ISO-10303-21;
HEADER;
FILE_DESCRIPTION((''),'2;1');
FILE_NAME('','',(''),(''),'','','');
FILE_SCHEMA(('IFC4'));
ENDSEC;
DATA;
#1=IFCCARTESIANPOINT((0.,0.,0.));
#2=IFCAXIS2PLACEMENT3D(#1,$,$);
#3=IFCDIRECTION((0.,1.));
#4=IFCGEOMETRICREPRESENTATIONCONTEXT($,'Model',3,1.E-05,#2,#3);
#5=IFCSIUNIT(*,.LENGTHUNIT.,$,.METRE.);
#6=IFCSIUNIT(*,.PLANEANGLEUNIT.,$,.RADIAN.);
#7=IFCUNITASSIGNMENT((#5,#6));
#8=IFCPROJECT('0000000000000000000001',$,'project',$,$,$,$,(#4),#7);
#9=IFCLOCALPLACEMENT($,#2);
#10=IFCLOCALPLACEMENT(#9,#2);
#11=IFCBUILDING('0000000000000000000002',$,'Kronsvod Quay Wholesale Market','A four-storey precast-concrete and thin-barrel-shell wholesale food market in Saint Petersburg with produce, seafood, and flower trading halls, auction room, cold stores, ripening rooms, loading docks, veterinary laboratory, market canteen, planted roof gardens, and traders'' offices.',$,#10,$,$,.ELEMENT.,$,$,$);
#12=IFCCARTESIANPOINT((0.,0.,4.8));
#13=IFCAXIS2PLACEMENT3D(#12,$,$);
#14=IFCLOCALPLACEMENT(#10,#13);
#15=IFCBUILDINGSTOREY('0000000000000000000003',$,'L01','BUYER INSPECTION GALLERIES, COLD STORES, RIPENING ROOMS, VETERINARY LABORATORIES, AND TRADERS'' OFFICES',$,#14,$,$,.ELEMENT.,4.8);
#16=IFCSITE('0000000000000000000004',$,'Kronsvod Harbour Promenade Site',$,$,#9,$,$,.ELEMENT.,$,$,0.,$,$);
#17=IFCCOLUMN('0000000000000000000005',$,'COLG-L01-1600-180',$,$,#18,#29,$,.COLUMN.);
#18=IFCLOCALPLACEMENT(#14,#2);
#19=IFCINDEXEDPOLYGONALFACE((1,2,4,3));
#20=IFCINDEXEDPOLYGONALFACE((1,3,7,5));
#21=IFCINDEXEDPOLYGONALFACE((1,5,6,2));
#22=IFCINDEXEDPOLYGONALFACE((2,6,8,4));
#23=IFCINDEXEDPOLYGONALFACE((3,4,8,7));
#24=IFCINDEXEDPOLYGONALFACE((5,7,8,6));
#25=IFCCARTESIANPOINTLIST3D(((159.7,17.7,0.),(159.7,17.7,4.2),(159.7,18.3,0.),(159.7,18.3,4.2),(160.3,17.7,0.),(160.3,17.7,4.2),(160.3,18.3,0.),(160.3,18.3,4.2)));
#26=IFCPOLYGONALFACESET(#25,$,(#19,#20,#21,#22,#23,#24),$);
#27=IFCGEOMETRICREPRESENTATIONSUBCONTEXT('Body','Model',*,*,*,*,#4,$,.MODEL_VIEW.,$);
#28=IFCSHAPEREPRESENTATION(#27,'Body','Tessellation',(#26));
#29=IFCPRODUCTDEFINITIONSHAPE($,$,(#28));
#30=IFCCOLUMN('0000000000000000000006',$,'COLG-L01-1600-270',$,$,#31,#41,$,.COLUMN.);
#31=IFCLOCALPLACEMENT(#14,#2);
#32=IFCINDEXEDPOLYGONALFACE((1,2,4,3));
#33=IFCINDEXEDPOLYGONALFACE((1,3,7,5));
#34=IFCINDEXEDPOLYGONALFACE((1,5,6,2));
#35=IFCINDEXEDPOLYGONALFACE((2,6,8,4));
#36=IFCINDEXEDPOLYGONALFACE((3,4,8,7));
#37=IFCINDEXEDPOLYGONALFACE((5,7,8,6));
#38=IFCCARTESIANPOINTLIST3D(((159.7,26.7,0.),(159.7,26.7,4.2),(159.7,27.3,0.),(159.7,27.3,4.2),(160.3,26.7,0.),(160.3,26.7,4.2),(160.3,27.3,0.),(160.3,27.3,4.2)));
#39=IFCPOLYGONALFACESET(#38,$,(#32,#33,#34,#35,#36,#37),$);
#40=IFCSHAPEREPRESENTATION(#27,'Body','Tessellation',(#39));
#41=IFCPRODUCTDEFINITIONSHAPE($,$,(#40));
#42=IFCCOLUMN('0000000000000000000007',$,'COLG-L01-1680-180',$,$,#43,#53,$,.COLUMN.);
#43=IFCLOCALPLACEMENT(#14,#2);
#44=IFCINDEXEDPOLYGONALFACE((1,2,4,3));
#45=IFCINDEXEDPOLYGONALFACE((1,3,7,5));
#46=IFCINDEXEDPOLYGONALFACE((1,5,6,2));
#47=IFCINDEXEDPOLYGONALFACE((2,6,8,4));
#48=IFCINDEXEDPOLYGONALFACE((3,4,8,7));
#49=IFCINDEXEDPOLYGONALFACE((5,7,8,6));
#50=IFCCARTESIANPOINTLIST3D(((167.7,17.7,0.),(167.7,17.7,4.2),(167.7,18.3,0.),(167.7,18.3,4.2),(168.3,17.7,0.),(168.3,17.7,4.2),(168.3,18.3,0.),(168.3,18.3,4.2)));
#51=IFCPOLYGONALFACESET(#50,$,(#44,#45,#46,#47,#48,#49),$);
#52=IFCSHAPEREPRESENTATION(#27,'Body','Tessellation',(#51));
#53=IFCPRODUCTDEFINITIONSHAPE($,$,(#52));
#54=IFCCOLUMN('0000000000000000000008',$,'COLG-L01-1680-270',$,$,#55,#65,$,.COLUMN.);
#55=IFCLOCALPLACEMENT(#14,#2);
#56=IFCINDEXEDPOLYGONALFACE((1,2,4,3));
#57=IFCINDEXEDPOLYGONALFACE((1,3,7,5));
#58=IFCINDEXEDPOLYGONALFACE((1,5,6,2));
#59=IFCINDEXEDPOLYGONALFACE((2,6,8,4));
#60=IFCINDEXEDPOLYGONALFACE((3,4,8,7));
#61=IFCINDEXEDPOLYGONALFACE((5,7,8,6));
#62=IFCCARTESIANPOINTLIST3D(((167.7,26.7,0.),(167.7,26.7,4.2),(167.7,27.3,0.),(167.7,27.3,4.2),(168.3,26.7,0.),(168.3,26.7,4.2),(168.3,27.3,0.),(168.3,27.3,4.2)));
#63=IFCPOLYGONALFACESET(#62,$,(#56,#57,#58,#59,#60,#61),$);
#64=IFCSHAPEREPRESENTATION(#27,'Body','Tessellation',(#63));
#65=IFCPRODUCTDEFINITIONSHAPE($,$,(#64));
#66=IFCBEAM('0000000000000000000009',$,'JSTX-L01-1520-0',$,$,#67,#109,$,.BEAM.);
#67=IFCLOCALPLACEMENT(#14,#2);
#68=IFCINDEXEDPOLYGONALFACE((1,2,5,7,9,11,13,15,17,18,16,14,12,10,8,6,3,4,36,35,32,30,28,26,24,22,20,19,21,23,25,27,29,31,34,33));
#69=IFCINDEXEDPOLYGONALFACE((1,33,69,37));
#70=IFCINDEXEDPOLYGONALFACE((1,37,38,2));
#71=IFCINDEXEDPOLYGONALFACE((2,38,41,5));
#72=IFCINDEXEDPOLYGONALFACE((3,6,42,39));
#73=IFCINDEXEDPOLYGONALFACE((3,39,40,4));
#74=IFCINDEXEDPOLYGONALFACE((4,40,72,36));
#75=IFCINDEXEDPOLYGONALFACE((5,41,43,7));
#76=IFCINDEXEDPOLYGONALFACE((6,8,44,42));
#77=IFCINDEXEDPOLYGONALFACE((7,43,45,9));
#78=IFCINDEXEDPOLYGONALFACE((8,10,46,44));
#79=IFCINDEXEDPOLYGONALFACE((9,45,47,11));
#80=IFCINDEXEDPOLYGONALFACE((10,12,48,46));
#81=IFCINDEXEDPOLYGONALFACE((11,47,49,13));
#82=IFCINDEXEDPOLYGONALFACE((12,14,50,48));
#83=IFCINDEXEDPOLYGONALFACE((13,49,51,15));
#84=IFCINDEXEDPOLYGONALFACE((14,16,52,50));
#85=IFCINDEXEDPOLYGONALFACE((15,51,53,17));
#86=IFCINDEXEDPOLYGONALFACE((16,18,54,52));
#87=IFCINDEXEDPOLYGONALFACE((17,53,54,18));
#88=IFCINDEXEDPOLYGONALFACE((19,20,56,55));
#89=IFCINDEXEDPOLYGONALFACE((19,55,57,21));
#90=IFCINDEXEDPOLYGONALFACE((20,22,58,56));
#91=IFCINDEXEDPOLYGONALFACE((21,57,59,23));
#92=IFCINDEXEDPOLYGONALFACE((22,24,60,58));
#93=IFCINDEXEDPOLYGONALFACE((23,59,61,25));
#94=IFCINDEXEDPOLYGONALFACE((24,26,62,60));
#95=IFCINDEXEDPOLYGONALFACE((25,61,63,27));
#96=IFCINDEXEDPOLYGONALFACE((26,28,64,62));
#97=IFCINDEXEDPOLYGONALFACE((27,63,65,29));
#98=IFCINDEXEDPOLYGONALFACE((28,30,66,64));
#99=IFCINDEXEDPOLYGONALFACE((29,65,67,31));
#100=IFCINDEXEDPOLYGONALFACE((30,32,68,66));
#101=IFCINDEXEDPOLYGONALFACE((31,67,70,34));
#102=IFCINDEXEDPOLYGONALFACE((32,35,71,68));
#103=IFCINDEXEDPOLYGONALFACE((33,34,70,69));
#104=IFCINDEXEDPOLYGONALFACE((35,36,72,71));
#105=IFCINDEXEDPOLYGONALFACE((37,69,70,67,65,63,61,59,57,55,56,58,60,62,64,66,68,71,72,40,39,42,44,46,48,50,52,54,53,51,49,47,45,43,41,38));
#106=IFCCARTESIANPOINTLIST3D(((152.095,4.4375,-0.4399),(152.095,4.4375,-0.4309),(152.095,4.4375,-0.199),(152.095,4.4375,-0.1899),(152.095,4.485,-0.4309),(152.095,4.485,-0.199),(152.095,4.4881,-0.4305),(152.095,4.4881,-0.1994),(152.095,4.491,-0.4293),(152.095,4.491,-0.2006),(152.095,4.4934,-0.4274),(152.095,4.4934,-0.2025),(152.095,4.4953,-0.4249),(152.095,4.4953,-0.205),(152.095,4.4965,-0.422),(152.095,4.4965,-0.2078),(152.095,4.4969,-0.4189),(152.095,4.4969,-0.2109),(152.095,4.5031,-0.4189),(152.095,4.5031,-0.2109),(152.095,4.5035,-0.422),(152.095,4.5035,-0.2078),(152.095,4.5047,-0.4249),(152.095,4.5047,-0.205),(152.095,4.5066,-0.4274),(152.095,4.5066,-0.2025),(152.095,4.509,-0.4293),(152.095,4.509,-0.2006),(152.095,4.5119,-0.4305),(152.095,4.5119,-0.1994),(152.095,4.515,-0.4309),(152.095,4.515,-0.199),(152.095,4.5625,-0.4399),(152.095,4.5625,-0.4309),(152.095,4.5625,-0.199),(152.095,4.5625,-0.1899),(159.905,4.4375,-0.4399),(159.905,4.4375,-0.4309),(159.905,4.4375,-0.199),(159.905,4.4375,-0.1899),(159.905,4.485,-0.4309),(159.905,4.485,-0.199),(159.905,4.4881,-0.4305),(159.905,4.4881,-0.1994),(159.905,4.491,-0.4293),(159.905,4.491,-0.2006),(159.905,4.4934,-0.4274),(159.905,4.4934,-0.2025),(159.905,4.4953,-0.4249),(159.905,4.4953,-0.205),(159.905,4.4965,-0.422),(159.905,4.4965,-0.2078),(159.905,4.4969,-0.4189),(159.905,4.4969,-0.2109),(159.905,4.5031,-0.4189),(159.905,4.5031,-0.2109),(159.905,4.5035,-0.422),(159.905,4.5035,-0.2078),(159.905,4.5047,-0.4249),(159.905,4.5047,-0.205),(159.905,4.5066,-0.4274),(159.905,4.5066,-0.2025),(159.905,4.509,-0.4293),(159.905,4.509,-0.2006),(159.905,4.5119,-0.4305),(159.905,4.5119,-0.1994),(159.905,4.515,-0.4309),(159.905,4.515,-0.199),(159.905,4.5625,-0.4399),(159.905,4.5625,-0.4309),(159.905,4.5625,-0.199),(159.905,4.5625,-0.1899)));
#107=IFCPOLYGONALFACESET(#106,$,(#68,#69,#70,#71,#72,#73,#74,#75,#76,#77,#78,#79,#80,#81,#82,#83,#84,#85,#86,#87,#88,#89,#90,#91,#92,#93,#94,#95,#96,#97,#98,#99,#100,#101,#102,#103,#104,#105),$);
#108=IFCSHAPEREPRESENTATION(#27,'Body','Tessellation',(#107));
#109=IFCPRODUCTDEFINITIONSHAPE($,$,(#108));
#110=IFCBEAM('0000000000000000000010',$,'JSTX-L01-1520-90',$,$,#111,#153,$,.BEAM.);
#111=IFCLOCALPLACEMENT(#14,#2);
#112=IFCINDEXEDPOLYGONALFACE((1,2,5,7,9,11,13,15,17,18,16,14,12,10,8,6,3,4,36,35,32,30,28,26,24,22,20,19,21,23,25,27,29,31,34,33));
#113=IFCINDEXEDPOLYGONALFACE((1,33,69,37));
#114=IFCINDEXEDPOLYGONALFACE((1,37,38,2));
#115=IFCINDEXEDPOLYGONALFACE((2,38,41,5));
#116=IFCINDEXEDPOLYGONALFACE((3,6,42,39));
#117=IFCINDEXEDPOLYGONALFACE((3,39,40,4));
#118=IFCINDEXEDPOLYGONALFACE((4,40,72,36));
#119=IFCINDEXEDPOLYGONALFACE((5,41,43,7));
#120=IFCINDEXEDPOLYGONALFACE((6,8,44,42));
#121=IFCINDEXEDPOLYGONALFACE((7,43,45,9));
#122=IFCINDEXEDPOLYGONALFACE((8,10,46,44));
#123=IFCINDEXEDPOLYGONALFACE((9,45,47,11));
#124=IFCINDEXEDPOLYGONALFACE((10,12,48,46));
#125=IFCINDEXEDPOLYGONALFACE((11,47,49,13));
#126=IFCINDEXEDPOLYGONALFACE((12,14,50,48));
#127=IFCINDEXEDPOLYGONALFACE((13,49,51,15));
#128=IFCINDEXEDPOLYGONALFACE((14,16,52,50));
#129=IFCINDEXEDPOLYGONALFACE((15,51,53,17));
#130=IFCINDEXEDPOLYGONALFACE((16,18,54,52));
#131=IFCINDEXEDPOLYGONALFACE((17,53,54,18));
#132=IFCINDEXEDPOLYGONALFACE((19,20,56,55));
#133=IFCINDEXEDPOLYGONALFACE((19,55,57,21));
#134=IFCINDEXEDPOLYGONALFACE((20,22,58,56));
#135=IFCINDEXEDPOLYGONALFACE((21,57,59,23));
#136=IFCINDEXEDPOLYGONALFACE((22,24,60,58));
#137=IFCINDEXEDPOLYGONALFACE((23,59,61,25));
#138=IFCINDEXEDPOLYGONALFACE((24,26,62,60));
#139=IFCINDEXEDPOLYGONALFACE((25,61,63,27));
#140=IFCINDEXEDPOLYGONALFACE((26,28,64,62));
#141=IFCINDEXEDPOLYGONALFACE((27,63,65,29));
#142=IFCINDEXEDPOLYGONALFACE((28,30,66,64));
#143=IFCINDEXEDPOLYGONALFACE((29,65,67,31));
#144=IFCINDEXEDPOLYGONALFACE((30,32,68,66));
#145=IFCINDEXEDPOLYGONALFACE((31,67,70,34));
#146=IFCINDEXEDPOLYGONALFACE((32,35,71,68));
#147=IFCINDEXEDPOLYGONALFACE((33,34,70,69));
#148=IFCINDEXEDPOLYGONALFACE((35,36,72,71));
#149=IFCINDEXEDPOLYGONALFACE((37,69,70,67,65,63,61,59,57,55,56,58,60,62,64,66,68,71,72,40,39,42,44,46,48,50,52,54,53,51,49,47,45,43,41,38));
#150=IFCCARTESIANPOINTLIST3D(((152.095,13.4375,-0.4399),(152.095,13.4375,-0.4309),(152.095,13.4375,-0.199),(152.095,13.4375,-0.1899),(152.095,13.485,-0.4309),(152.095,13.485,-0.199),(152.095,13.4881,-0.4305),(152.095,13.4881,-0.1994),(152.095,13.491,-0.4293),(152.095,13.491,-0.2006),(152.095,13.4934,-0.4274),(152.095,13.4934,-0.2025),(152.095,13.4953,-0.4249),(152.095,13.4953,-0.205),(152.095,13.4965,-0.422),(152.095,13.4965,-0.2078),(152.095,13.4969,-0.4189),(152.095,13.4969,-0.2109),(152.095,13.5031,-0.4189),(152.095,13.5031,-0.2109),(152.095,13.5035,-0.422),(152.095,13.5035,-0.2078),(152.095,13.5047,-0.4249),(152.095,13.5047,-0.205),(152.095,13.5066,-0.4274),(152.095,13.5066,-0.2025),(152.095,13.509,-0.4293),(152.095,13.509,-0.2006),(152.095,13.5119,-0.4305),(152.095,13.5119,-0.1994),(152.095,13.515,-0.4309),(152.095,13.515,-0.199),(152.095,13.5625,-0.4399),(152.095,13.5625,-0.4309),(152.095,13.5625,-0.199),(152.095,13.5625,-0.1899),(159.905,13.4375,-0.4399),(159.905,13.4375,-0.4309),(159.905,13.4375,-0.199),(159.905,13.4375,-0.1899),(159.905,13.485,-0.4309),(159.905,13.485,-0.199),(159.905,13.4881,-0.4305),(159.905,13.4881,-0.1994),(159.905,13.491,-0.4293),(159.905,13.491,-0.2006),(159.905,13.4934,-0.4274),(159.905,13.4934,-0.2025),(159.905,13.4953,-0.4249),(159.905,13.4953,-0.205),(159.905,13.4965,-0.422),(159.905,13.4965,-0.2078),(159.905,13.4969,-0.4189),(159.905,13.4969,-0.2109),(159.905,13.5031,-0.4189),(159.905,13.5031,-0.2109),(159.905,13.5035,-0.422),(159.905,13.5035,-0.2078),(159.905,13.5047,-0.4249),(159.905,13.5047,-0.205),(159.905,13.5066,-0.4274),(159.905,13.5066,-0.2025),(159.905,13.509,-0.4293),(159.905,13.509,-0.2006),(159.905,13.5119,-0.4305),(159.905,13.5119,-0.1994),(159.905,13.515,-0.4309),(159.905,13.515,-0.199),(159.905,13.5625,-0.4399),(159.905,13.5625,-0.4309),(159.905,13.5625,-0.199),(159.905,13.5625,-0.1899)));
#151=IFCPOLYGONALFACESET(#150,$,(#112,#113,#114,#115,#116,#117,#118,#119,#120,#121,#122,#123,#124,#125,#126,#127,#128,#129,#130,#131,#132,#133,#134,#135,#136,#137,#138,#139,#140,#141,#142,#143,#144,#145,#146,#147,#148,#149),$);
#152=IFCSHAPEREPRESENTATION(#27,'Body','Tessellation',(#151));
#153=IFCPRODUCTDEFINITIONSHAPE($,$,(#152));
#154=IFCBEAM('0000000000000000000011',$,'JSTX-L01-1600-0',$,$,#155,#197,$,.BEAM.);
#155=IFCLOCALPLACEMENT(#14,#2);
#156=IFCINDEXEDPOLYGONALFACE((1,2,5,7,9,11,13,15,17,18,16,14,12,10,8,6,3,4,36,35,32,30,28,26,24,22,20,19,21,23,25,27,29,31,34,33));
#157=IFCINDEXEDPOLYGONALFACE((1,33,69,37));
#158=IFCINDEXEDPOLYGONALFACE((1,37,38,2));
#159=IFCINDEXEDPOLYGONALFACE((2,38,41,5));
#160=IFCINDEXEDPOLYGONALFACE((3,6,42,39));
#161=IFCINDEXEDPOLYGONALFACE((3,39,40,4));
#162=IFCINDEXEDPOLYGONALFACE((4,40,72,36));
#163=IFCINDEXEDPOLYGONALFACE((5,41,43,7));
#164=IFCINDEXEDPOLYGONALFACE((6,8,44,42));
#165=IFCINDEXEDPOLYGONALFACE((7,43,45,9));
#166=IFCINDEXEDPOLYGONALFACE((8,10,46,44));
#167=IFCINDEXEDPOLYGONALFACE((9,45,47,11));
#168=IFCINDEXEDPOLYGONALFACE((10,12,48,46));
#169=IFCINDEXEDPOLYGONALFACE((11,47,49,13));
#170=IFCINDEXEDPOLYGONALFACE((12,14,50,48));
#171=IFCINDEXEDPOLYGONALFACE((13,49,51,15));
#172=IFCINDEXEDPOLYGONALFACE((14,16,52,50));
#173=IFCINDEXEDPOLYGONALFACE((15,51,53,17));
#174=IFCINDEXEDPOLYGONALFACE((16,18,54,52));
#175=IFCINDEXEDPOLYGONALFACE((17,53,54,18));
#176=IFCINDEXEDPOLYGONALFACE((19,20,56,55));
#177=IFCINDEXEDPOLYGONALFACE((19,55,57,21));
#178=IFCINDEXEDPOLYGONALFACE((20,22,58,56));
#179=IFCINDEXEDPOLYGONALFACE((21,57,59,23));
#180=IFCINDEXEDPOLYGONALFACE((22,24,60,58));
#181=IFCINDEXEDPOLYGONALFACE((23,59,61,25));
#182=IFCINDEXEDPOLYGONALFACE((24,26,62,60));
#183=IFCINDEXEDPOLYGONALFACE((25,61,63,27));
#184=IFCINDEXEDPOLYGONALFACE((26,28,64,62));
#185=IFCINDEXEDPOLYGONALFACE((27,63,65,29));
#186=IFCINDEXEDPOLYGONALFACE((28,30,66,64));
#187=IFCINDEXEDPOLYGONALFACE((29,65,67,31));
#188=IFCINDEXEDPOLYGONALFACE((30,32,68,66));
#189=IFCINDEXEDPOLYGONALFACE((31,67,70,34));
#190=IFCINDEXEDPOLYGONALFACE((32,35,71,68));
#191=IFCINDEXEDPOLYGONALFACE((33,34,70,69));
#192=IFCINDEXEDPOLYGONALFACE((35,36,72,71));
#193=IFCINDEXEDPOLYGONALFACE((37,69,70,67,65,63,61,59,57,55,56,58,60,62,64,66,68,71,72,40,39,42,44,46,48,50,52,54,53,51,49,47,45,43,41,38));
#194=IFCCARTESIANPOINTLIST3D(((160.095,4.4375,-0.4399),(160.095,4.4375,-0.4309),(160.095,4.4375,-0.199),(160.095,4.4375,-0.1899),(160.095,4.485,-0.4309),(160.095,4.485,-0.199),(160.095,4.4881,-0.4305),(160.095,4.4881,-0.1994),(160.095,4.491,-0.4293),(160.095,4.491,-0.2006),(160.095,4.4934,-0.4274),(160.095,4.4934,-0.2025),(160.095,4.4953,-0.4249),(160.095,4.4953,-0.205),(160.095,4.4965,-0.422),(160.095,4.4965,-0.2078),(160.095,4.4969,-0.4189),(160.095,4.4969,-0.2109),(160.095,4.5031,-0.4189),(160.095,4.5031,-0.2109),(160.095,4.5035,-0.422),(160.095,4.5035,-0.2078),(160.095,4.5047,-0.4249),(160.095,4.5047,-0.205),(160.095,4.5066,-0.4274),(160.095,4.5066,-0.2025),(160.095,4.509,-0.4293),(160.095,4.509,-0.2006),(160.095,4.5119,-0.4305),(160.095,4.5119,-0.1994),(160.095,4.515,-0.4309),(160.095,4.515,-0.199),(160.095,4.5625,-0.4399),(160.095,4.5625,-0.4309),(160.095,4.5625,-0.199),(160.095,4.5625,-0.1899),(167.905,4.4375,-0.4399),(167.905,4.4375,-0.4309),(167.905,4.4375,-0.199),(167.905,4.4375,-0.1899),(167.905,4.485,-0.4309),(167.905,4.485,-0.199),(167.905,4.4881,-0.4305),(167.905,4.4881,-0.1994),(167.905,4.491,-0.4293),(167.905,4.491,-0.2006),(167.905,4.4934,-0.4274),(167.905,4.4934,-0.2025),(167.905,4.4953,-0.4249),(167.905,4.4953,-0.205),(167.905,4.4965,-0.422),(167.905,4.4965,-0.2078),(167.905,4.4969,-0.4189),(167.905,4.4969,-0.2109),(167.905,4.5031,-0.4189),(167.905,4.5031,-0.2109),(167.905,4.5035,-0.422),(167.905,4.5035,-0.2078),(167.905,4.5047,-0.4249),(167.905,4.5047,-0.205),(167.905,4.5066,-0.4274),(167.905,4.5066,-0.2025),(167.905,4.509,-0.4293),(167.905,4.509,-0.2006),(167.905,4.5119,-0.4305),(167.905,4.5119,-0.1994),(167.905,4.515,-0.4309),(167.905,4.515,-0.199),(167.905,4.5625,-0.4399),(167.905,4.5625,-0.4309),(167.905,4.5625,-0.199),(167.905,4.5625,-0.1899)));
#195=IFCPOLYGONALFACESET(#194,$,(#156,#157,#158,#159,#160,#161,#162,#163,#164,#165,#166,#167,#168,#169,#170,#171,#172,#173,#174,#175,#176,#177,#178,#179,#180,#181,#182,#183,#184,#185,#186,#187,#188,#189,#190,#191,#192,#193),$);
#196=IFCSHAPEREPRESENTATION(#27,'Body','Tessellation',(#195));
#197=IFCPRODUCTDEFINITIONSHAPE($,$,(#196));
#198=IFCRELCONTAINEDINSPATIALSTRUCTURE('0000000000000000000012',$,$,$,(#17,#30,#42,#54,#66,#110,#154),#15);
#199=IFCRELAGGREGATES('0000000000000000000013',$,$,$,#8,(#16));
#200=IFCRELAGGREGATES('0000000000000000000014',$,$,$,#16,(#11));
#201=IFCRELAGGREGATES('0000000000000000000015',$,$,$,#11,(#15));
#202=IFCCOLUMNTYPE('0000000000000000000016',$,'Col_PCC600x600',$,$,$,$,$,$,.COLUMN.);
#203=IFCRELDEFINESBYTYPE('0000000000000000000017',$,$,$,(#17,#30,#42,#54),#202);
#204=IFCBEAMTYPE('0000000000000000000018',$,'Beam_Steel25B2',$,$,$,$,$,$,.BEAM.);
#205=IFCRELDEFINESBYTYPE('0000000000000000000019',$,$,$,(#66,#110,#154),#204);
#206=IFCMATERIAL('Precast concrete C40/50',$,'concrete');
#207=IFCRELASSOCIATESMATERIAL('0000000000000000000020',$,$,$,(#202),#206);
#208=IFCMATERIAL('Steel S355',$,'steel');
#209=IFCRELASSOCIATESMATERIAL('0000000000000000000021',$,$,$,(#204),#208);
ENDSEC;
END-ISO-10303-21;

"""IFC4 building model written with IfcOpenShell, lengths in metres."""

from ifc_helpers import new_model, si_unit, direction, frame, origin, origin_2d, place, context, subcontext, project, spatial, rectangle, i_section, extrude, material, material_profile, profile_set, type_object, element, save


model = new_model("IFC4")

# Units and contexts
model_context = context("Model", 3, precision=1e-05, world=origin(), true_north=direction((0.0, 1.0)))
body_context = subcontext(model_context, "Body", "Model", "MODEL_VIEW")
ifc_project = project(units=[si_unit("LENGTHUNIT", "METRE"), si_unit("PLANEANGLEUNIT", "RADIAN")], contexts=[model_context])

# Site, building, storey
site_placement = place(None, origin())
site = spatial("IfcSite", under=ifc_project, at=site_placement, Name="Kronsvod Harbour Promenade Site", CompositionType="ELEMENT", RefElevation=0.0)
building_placement = place(site_placement, origin())
building = spatial("IfcBuilding", under=site, at=building_placement, Name="Kronsvod Quay Wholesale Market", Description="A four-storey precast-concrete and thin-barrel-shell wholesale food market in Saint Petersburg with produce, seafood, and flower trading halls, auction room, cold stores, ripening rooms, loading docks, veterinary laboratory, market canteen, planted roof gardens, and traders' offices.", CompositionType="ELEMENT")
storey_placement = place(building_placement, frame((0.0, 0.0, 4.8)))
storey = spatial("IfcBuildingStorey", under=building, at=storey_placement, Name="L01", Description="BUYER INSPECTION GALLERIES, COLD STORES, RIPENING ROOMS, VETERINARY LABORATORIES, AND TRADERS' OFFICES", CompositionType="ELEMENT", Elevation=4.8)

# Columns
ifc_material_1 = material(Name="Precast concrete C40/50", Category="concrete")
ifc_material_profile_1 = material_profile(ifc_material_1, rectangle(XDim=0.6001, YDim=0.6001, at=origin_2d()), Name="PCC600x600")
ifc_profile_set_1 = profile_set([ifc_material_profile_1], Name="Precast concrete C40/50")
column_type = type_object("IfcColumnType", Name="Col_PCC600x600", PredefinedType="COLUMN", material=ifc_profile_set_1)
for number, where, z_axis, x_axis, name in (
    (1, (160.0, 18.0, 0.0), (0.0, 0.0, 1.0), (1.0, 0.0, 0.0), "COLG-L01-1600-180"),
    (2, (160.0, 27.0, 0.0), (0.0, 0.0, 1.0), (1.0, 0.0, 0.0), "COLG-L01-1600-270"),
    (3, (168.0, 18.0, 0.0), (0.0, 0.0, 1.0), (1.0, 0.0, 0.0), "COLG-L01-1680-180"),
    (4, (168.0, 27.0, 0.0), (0.0, 0.0, 1.0), (1.0, 0.0, 0.0), "COLG-L01-1680-270"),
):
    element("IfcColumn", number, at=place(storey_placement, frame(where, z_axis=z_axis, x_axis=x_axis)), inside=storey, type_object=column_type, Name=name, PredefinedType="COLUMN", context=body_context, shape_type="SweptSolid", body=[
        extrude(rectangle(XDim=0.6001, YDim=0.6001, at=origin_2d()), origin(), (0.0, 0.0, 1.0), 4.2),
    ])

# Beams
ifc_material_2 = material(Name="Steel S355", Category="steel")
ifc_material_profile_2 = material_profile(ifc_material_2, i_section(OverallWidth=0.125, OverallDepth=0.25, WebThickness=0.0061, FlangeThickness=0.009, FilletRadius=0.012, at=origin_2d()), Name="25B2")
ifc_profile_set_2 = profile_set([ifc_material_profile_2], Name="Steel S355")
beam_type_1 = type_object("IfcBeamType", Name="Beam_Steel25B2", PredefinedType="BEAM", material=ifc_profile_set_2)
for number, where, z_axis, x_axis, name in (
    (5, (152.095, 4.5, -0.3149), (1.0, 0.0, 0.0), (0.0, 1.0, 0.0), "JSTX-L01-1520-0"),
    (6, (152.095, 13.5, -0.3149), (1.0, 0.0, 0.0), (0.0, 1.0, 0.0), "JSTX-L01-1520-90"),
    (7, (160.095, 4.5, -0.3149), (1.0, 0.0, 0.0), (0.0, 1.0, 0.0), "JSTX-L01-1600-0"),
):
    element("IfcBeam", number, at=place(storey_placement, frame(where, z_axis=z_axis, x_axis=x_axis)), inside=storey, type_object=beam_type_1, Name=name, PredefinedType="BEAM", context=body_context, shape_type="SweptSolid", body=[
        extrude(i_section(OverallWidth=0.125, OverallDepth=0.25, WebThickness=0.0061, FlangeThickness=0.009, FilletRadius=0.012, at=origin_2d()), origin(), (0.0, 0.0, 1.0), 7.8101),
    ])

save(model, "model.ifc")
